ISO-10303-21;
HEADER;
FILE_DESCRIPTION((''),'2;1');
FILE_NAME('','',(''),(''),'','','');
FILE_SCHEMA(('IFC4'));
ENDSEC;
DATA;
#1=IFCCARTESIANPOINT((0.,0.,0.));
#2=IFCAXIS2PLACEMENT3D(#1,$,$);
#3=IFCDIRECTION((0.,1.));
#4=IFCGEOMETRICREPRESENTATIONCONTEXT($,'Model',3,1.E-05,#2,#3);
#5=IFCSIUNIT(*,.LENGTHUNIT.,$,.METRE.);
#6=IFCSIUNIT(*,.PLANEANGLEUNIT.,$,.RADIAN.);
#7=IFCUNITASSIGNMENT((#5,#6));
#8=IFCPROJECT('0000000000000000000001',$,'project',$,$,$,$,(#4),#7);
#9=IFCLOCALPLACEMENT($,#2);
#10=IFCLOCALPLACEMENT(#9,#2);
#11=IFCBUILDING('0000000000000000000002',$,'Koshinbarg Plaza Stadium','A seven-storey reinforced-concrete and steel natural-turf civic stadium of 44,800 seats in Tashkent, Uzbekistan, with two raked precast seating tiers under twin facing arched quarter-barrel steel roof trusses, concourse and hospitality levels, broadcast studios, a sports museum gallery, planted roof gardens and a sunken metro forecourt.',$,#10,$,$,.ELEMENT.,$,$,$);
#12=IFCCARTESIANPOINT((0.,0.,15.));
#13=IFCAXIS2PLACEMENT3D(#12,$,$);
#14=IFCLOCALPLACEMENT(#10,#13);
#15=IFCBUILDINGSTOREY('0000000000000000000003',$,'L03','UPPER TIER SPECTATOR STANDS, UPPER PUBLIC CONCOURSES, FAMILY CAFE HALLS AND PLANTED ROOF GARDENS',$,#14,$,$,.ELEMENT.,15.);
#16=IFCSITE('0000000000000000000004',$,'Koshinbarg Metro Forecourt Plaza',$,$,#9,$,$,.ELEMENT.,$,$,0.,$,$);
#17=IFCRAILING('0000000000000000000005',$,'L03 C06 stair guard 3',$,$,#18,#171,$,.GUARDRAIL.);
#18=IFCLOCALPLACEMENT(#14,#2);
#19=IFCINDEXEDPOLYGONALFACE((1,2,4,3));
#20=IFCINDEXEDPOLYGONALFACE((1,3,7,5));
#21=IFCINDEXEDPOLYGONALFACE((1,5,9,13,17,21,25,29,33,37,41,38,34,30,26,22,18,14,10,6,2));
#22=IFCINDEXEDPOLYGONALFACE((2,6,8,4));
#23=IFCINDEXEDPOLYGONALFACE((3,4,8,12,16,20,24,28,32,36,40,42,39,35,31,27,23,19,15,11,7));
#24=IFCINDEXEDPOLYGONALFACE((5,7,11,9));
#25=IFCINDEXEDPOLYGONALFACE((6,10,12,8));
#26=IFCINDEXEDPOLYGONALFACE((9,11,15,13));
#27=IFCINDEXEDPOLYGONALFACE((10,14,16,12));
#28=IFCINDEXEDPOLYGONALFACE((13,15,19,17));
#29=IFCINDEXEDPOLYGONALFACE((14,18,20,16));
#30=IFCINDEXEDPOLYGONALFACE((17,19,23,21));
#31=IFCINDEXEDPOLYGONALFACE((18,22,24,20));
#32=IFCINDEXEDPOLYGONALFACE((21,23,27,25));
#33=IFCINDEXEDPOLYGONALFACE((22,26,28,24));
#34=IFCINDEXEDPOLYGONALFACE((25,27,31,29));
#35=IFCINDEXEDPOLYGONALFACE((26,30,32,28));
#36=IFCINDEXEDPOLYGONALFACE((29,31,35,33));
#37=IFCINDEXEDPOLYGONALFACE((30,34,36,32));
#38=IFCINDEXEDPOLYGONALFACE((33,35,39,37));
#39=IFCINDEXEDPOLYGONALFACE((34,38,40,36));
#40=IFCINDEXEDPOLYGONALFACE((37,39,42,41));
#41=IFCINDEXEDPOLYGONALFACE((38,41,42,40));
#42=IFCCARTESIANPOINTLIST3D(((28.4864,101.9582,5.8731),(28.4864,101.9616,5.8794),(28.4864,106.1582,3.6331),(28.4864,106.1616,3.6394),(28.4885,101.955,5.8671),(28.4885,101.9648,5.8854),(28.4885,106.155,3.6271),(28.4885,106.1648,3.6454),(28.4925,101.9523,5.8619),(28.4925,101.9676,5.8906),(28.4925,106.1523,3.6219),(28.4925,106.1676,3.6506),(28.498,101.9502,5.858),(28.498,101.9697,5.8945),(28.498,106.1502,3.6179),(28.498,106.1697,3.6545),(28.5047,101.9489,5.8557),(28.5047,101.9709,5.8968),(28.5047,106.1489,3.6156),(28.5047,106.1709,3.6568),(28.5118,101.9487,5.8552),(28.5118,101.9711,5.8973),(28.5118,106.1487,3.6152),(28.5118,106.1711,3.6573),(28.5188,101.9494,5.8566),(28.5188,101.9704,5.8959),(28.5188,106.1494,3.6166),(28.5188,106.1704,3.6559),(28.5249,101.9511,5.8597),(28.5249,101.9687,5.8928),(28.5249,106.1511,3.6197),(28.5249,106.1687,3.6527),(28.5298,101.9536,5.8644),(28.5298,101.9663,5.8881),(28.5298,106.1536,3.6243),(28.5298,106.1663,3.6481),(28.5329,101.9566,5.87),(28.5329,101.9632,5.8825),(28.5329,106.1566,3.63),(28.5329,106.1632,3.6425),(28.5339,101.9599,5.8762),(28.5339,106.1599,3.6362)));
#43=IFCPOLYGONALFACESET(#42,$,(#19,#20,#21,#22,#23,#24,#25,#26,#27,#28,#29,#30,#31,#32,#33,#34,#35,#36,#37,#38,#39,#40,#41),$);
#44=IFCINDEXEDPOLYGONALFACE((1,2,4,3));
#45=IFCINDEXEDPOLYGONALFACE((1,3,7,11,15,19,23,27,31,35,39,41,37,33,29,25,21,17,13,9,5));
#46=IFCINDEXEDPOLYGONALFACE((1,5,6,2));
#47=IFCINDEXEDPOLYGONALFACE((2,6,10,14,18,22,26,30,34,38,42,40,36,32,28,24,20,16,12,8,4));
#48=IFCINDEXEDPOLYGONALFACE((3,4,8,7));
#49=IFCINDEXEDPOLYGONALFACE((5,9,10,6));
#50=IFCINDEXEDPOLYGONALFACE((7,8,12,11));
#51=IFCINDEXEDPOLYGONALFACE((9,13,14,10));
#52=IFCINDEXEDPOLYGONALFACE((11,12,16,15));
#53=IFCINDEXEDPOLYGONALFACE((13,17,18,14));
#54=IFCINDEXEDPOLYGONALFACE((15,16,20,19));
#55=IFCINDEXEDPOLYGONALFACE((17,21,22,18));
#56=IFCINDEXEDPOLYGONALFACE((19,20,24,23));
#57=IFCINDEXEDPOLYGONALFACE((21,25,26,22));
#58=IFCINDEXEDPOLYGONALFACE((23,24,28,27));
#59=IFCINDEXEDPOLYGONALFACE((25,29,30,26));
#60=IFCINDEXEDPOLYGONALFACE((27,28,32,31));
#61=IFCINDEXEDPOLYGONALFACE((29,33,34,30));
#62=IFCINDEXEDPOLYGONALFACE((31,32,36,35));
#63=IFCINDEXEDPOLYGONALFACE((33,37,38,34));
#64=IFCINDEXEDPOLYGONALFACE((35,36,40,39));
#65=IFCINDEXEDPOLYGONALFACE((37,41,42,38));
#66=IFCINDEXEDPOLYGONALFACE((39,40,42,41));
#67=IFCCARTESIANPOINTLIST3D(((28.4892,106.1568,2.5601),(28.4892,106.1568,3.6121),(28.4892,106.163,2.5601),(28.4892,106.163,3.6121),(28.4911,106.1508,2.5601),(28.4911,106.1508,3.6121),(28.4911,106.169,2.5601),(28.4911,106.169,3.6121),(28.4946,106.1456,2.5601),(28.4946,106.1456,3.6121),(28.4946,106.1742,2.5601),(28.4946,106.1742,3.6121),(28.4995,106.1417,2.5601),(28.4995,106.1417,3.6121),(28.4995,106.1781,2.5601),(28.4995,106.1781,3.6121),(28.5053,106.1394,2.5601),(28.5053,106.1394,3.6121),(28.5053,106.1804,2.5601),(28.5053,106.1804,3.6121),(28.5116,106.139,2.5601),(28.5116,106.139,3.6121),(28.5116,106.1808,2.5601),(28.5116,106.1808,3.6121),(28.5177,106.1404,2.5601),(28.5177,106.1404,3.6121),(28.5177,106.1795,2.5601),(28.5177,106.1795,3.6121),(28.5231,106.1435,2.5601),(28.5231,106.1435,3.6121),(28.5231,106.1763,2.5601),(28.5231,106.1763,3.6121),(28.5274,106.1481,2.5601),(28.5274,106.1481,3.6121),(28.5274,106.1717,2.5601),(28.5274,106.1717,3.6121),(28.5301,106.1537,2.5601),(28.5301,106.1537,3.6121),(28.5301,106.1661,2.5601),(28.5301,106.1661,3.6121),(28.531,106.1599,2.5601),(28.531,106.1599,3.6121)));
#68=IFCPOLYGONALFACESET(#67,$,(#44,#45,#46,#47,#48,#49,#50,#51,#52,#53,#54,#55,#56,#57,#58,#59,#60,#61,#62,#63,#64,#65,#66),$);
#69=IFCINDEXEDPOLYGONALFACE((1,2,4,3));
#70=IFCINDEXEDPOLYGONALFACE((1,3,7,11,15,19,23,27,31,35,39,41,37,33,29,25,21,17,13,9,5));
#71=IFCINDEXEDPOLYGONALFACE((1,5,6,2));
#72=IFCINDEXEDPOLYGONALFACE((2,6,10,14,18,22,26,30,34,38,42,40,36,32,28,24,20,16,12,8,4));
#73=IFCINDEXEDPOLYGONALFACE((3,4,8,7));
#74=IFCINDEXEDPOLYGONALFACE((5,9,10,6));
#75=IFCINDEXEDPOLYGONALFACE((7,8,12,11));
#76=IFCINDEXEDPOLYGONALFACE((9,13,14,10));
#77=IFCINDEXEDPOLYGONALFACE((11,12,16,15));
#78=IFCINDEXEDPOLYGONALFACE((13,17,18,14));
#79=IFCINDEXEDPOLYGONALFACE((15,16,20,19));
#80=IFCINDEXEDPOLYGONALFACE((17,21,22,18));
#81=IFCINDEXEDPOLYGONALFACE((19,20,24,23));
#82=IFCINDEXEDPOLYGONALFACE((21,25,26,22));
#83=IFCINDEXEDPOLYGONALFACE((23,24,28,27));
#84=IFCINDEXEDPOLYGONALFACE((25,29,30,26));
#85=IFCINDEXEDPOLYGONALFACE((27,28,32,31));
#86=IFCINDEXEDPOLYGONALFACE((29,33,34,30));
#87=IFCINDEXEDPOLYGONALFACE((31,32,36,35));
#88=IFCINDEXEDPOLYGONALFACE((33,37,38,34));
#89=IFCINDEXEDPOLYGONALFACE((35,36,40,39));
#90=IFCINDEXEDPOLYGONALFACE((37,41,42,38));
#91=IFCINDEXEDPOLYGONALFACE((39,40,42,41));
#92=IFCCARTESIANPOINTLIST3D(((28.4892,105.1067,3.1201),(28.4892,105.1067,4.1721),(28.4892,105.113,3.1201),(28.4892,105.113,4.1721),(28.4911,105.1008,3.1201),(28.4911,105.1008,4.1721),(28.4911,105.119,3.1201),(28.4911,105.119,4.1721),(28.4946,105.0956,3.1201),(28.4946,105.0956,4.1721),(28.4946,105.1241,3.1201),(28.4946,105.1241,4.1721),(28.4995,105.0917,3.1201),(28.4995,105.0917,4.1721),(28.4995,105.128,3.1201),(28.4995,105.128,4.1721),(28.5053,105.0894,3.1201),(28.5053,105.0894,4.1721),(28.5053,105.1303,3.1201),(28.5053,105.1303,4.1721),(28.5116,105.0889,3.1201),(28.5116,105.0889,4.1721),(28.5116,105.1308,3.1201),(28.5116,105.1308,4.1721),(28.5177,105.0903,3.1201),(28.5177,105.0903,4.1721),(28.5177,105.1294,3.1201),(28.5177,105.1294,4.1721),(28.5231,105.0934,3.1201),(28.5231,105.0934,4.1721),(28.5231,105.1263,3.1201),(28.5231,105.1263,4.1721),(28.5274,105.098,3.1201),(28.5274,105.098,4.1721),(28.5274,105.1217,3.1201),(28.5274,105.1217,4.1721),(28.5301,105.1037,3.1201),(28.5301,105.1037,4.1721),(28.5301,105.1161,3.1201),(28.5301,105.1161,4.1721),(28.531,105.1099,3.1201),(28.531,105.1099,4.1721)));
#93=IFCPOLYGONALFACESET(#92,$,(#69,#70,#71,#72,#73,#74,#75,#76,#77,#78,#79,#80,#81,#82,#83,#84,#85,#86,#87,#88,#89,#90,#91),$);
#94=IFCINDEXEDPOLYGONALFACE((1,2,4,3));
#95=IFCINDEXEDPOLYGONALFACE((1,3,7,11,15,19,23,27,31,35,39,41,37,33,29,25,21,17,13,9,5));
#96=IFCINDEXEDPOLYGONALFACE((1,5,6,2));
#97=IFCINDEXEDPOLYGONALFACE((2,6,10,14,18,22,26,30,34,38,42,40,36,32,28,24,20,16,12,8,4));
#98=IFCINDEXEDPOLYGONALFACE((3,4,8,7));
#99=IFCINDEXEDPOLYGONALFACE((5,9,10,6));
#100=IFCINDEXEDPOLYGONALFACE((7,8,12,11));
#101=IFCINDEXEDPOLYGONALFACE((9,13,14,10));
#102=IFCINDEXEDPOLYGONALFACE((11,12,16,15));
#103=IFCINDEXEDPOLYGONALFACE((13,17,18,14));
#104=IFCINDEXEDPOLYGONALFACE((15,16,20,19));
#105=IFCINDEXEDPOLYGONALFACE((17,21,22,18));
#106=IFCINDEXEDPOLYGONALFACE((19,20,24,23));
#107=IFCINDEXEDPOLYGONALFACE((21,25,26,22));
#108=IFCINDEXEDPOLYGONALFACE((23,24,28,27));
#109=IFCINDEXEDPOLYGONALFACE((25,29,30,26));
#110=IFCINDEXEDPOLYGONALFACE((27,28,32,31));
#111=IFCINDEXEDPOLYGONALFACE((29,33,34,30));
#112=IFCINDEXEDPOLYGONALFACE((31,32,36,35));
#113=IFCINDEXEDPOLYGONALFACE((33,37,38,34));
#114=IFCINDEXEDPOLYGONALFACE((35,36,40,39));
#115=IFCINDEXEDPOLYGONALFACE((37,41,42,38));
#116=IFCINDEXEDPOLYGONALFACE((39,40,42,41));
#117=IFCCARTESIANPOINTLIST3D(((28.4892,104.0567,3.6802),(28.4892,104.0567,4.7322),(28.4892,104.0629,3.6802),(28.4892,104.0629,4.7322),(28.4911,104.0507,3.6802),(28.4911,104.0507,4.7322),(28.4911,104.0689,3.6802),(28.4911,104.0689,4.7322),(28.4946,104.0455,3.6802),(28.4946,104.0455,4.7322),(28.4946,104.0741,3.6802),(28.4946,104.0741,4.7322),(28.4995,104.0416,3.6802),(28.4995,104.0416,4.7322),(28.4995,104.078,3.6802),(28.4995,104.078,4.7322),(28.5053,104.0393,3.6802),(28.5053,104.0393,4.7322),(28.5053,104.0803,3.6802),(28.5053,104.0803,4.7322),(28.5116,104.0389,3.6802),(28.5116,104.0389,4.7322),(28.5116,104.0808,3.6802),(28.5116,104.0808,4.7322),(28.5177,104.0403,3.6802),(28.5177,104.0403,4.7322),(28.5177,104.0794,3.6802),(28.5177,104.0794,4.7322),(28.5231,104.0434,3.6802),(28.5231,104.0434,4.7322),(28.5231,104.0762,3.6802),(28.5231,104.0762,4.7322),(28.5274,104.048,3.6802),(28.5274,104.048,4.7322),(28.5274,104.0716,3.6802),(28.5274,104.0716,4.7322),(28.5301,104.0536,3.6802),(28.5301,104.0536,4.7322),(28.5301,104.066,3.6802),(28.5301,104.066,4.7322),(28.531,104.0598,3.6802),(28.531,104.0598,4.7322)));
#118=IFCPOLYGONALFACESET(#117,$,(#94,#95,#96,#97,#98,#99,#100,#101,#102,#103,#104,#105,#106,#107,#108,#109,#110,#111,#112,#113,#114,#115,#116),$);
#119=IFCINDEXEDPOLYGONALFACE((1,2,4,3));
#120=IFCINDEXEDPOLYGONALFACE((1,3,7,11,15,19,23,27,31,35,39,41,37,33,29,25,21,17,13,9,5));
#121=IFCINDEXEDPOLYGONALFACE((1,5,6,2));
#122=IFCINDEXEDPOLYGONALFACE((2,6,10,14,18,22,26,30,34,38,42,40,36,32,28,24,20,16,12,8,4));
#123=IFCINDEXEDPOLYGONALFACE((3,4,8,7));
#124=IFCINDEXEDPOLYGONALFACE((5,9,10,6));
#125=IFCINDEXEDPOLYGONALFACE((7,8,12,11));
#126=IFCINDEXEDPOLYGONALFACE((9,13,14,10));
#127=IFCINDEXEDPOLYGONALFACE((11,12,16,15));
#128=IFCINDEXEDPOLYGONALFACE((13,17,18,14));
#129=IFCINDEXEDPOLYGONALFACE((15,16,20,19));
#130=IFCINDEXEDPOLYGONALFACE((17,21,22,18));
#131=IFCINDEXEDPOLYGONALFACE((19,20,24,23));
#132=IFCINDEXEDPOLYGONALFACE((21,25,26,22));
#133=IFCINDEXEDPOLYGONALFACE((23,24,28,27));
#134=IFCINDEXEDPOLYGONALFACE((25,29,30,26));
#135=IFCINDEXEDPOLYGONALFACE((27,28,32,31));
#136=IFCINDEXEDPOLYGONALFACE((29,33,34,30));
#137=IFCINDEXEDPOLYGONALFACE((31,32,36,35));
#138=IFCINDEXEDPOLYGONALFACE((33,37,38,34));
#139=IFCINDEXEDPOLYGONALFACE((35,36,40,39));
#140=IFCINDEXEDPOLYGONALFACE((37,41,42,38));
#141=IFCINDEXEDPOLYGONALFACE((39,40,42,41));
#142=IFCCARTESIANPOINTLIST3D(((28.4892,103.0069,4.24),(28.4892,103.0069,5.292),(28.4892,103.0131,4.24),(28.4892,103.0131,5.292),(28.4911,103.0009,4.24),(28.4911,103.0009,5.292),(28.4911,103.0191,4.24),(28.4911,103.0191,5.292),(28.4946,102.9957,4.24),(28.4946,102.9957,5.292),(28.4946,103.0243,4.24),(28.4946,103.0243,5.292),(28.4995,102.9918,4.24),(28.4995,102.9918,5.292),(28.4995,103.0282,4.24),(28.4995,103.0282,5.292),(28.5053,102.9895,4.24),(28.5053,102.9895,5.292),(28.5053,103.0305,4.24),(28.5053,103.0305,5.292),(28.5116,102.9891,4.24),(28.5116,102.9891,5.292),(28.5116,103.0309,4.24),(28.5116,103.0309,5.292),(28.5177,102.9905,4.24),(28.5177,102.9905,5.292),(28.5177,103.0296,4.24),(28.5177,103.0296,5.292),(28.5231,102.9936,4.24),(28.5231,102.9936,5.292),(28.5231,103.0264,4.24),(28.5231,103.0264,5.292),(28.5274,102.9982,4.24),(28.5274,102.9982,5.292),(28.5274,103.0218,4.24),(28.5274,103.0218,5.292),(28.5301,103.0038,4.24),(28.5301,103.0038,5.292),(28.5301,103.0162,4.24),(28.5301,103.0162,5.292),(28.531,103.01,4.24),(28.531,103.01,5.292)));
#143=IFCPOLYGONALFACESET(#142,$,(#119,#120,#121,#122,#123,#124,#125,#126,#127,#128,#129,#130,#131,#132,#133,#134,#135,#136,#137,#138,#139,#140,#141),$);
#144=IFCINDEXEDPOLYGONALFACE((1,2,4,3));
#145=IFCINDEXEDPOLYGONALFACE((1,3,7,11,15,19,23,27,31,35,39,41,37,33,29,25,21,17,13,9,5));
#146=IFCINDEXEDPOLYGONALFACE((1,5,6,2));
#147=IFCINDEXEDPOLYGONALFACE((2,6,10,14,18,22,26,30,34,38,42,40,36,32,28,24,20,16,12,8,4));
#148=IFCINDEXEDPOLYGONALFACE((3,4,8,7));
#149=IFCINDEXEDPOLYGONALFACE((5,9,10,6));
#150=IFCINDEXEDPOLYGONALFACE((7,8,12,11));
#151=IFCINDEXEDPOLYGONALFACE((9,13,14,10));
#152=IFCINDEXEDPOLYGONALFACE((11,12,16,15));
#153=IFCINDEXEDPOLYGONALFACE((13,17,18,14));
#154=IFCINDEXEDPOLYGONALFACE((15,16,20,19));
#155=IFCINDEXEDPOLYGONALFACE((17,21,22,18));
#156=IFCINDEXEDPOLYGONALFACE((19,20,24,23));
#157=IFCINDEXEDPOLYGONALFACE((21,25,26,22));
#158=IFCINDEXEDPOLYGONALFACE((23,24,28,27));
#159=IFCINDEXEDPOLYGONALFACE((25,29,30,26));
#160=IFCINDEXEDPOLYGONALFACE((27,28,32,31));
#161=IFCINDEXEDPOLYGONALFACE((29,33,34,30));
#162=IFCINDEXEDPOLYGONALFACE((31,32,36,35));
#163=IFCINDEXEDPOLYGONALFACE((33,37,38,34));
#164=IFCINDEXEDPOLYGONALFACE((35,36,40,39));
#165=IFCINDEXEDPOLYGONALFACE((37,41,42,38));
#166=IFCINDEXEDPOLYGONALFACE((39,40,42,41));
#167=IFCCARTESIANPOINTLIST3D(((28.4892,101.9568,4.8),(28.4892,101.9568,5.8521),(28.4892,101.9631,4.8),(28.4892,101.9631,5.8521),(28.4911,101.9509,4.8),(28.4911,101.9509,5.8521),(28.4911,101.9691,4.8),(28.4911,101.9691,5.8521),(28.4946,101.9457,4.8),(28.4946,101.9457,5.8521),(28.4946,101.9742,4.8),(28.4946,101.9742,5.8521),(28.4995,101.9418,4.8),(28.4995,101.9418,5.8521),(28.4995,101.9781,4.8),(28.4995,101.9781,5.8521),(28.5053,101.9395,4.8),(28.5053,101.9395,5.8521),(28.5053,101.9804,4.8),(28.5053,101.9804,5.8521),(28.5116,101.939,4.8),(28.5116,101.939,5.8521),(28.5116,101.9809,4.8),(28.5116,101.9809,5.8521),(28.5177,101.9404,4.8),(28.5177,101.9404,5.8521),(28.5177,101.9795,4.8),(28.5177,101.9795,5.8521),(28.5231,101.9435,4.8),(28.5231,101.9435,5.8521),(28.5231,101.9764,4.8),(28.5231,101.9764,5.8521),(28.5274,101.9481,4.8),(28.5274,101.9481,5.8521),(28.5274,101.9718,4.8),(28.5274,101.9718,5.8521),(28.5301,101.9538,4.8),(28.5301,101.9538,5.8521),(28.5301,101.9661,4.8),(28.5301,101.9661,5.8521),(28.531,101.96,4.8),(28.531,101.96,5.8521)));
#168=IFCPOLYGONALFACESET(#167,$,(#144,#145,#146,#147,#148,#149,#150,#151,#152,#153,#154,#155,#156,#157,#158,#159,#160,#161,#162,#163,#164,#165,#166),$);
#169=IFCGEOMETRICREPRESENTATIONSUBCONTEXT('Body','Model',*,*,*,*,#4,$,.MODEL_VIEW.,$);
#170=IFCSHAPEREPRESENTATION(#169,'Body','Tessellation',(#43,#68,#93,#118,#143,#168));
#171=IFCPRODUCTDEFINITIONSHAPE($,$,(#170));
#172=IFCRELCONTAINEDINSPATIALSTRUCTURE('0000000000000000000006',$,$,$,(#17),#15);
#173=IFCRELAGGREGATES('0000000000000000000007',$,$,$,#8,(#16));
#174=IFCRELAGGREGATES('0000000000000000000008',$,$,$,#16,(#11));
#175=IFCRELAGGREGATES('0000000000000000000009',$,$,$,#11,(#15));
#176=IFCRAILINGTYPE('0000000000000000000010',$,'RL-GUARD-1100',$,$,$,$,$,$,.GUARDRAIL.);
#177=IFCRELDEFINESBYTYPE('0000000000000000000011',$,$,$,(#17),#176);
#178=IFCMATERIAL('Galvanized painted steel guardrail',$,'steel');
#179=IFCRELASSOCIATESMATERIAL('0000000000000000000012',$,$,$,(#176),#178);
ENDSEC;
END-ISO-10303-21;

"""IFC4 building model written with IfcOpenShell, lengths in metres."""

from ifc_helpers import new_model, si_unit, direction, frame, origin, origin_2d, place, context, subcontext, project, spatial, circle, extrude, material, type_object, element, save


model = new_model("IFC4")

# Units and contexts
model_context = context("Model", 3, precision=1e-05, world=origin(), true_north=direction((0.0, 1.0)))
body_context = subcontext(model_context, "Body", "Model", "MODEL_VIEW")
ifc_project = project(units=[si_unit("LENGTHUNIT", "METRE"), si_unit("PLANEANGLEUNIT", "RADIAN")], contexts=[model_context])

# Site, building, storey
site_placement = place(None, origin())
site = spatial("IfcSite", under=ifc_project, at=site_placement, Name="Koshinbarg Metro Forecourt Plaza", CompositionType="ELEMENT", RefElevation=0.0)
building_placement = place(site_placement, origin())
building = spatial("IfcBuilding", under=site, at=building_placement, Name="Koshinbarg Plaza Stadium", Description="A seven-storey reinforced-concrete and steel natural-turf civic stadium of 44,800 seats in Tashkent, Uzbekistan, with two raked precast seating tiers under twin facing arched quarter-barrel steel roof trusses, concourse and hospitality levels, broadcast studios, a sports museum gallery, planted roof gardens and a sunken metro forecourt.", CompositionType="ELEMENT")
storey_placement = place(building_placement, frame((0.0, 0.0, 15.0)))
storey = spatial("IfcBuildingStorey", under=building, at=storey_placement, Name="L03", Description="UPPER TIER SPECTATOR STANDS, UPPER PUBLIC CONCOURSES, FAMILY CAFE HALLS AND PLANTED ROOF GARDENS", CompositionType="ELEMENT", Elevation=15.0)

# Railing
ifc_material_1 = material(Name="Galvanized painted steel guardrail", Category="steel")
railing_type_1 = type_object("IfcRailingType", Name="RL-GUARD-1100", PredefinedType="GUARDRAIL", material=ifc_material_1)
railing_1_placement = place(storey_placement, frame((28.51, 106.1599, 2.5601)))
element("IfcRailing", 1, at=railing_1_placement, inside=storey, type_object=railing_type_1, Name="L03 C06 stair guard 3", PredefinedType="GUARDRAIL", context=body_context, shape_type="SweptSolid", body=[
    extrude(circle(Radius=0.0239, at=origin_2d()), frame((0.0, 0.0, 1.0762), z_axis=(0.0, -0.882352, 0.470591), x_axis=(1.0, 0.0, 0.0)), (0.0, 0.0, 1.0), 4.76),
    extrude(circle(Radius=0.021, at=origin_2d()), origin(), (0.0, 0.0, 1.0), 1.052),
    extrude(circle(Radius=0.021, at=origin_2d()), frame((0.0, -1.05, 0.5601)), (0.0, 0.0, 1.0), 1.052),
    extrude(circle(Radius=0.021, at=origin_2d()), frame((0.0, -2.1001, 1.1201)), (0.0, 0.0, 1.0), 1.052),
    extrude(circle(Radius=0.021, at=origin_2d()), frame((0.0, -3.1499, 1.6799)), (0.0, 0.0, 1.0), 1.052),
    extrude(circle(Radius=0.021, at=origin_2d()), frame((0.0, -4.2, 2.24)), (0.0, 0.0, 1.0), 1.052),
])

save(model, "model.ifc")
